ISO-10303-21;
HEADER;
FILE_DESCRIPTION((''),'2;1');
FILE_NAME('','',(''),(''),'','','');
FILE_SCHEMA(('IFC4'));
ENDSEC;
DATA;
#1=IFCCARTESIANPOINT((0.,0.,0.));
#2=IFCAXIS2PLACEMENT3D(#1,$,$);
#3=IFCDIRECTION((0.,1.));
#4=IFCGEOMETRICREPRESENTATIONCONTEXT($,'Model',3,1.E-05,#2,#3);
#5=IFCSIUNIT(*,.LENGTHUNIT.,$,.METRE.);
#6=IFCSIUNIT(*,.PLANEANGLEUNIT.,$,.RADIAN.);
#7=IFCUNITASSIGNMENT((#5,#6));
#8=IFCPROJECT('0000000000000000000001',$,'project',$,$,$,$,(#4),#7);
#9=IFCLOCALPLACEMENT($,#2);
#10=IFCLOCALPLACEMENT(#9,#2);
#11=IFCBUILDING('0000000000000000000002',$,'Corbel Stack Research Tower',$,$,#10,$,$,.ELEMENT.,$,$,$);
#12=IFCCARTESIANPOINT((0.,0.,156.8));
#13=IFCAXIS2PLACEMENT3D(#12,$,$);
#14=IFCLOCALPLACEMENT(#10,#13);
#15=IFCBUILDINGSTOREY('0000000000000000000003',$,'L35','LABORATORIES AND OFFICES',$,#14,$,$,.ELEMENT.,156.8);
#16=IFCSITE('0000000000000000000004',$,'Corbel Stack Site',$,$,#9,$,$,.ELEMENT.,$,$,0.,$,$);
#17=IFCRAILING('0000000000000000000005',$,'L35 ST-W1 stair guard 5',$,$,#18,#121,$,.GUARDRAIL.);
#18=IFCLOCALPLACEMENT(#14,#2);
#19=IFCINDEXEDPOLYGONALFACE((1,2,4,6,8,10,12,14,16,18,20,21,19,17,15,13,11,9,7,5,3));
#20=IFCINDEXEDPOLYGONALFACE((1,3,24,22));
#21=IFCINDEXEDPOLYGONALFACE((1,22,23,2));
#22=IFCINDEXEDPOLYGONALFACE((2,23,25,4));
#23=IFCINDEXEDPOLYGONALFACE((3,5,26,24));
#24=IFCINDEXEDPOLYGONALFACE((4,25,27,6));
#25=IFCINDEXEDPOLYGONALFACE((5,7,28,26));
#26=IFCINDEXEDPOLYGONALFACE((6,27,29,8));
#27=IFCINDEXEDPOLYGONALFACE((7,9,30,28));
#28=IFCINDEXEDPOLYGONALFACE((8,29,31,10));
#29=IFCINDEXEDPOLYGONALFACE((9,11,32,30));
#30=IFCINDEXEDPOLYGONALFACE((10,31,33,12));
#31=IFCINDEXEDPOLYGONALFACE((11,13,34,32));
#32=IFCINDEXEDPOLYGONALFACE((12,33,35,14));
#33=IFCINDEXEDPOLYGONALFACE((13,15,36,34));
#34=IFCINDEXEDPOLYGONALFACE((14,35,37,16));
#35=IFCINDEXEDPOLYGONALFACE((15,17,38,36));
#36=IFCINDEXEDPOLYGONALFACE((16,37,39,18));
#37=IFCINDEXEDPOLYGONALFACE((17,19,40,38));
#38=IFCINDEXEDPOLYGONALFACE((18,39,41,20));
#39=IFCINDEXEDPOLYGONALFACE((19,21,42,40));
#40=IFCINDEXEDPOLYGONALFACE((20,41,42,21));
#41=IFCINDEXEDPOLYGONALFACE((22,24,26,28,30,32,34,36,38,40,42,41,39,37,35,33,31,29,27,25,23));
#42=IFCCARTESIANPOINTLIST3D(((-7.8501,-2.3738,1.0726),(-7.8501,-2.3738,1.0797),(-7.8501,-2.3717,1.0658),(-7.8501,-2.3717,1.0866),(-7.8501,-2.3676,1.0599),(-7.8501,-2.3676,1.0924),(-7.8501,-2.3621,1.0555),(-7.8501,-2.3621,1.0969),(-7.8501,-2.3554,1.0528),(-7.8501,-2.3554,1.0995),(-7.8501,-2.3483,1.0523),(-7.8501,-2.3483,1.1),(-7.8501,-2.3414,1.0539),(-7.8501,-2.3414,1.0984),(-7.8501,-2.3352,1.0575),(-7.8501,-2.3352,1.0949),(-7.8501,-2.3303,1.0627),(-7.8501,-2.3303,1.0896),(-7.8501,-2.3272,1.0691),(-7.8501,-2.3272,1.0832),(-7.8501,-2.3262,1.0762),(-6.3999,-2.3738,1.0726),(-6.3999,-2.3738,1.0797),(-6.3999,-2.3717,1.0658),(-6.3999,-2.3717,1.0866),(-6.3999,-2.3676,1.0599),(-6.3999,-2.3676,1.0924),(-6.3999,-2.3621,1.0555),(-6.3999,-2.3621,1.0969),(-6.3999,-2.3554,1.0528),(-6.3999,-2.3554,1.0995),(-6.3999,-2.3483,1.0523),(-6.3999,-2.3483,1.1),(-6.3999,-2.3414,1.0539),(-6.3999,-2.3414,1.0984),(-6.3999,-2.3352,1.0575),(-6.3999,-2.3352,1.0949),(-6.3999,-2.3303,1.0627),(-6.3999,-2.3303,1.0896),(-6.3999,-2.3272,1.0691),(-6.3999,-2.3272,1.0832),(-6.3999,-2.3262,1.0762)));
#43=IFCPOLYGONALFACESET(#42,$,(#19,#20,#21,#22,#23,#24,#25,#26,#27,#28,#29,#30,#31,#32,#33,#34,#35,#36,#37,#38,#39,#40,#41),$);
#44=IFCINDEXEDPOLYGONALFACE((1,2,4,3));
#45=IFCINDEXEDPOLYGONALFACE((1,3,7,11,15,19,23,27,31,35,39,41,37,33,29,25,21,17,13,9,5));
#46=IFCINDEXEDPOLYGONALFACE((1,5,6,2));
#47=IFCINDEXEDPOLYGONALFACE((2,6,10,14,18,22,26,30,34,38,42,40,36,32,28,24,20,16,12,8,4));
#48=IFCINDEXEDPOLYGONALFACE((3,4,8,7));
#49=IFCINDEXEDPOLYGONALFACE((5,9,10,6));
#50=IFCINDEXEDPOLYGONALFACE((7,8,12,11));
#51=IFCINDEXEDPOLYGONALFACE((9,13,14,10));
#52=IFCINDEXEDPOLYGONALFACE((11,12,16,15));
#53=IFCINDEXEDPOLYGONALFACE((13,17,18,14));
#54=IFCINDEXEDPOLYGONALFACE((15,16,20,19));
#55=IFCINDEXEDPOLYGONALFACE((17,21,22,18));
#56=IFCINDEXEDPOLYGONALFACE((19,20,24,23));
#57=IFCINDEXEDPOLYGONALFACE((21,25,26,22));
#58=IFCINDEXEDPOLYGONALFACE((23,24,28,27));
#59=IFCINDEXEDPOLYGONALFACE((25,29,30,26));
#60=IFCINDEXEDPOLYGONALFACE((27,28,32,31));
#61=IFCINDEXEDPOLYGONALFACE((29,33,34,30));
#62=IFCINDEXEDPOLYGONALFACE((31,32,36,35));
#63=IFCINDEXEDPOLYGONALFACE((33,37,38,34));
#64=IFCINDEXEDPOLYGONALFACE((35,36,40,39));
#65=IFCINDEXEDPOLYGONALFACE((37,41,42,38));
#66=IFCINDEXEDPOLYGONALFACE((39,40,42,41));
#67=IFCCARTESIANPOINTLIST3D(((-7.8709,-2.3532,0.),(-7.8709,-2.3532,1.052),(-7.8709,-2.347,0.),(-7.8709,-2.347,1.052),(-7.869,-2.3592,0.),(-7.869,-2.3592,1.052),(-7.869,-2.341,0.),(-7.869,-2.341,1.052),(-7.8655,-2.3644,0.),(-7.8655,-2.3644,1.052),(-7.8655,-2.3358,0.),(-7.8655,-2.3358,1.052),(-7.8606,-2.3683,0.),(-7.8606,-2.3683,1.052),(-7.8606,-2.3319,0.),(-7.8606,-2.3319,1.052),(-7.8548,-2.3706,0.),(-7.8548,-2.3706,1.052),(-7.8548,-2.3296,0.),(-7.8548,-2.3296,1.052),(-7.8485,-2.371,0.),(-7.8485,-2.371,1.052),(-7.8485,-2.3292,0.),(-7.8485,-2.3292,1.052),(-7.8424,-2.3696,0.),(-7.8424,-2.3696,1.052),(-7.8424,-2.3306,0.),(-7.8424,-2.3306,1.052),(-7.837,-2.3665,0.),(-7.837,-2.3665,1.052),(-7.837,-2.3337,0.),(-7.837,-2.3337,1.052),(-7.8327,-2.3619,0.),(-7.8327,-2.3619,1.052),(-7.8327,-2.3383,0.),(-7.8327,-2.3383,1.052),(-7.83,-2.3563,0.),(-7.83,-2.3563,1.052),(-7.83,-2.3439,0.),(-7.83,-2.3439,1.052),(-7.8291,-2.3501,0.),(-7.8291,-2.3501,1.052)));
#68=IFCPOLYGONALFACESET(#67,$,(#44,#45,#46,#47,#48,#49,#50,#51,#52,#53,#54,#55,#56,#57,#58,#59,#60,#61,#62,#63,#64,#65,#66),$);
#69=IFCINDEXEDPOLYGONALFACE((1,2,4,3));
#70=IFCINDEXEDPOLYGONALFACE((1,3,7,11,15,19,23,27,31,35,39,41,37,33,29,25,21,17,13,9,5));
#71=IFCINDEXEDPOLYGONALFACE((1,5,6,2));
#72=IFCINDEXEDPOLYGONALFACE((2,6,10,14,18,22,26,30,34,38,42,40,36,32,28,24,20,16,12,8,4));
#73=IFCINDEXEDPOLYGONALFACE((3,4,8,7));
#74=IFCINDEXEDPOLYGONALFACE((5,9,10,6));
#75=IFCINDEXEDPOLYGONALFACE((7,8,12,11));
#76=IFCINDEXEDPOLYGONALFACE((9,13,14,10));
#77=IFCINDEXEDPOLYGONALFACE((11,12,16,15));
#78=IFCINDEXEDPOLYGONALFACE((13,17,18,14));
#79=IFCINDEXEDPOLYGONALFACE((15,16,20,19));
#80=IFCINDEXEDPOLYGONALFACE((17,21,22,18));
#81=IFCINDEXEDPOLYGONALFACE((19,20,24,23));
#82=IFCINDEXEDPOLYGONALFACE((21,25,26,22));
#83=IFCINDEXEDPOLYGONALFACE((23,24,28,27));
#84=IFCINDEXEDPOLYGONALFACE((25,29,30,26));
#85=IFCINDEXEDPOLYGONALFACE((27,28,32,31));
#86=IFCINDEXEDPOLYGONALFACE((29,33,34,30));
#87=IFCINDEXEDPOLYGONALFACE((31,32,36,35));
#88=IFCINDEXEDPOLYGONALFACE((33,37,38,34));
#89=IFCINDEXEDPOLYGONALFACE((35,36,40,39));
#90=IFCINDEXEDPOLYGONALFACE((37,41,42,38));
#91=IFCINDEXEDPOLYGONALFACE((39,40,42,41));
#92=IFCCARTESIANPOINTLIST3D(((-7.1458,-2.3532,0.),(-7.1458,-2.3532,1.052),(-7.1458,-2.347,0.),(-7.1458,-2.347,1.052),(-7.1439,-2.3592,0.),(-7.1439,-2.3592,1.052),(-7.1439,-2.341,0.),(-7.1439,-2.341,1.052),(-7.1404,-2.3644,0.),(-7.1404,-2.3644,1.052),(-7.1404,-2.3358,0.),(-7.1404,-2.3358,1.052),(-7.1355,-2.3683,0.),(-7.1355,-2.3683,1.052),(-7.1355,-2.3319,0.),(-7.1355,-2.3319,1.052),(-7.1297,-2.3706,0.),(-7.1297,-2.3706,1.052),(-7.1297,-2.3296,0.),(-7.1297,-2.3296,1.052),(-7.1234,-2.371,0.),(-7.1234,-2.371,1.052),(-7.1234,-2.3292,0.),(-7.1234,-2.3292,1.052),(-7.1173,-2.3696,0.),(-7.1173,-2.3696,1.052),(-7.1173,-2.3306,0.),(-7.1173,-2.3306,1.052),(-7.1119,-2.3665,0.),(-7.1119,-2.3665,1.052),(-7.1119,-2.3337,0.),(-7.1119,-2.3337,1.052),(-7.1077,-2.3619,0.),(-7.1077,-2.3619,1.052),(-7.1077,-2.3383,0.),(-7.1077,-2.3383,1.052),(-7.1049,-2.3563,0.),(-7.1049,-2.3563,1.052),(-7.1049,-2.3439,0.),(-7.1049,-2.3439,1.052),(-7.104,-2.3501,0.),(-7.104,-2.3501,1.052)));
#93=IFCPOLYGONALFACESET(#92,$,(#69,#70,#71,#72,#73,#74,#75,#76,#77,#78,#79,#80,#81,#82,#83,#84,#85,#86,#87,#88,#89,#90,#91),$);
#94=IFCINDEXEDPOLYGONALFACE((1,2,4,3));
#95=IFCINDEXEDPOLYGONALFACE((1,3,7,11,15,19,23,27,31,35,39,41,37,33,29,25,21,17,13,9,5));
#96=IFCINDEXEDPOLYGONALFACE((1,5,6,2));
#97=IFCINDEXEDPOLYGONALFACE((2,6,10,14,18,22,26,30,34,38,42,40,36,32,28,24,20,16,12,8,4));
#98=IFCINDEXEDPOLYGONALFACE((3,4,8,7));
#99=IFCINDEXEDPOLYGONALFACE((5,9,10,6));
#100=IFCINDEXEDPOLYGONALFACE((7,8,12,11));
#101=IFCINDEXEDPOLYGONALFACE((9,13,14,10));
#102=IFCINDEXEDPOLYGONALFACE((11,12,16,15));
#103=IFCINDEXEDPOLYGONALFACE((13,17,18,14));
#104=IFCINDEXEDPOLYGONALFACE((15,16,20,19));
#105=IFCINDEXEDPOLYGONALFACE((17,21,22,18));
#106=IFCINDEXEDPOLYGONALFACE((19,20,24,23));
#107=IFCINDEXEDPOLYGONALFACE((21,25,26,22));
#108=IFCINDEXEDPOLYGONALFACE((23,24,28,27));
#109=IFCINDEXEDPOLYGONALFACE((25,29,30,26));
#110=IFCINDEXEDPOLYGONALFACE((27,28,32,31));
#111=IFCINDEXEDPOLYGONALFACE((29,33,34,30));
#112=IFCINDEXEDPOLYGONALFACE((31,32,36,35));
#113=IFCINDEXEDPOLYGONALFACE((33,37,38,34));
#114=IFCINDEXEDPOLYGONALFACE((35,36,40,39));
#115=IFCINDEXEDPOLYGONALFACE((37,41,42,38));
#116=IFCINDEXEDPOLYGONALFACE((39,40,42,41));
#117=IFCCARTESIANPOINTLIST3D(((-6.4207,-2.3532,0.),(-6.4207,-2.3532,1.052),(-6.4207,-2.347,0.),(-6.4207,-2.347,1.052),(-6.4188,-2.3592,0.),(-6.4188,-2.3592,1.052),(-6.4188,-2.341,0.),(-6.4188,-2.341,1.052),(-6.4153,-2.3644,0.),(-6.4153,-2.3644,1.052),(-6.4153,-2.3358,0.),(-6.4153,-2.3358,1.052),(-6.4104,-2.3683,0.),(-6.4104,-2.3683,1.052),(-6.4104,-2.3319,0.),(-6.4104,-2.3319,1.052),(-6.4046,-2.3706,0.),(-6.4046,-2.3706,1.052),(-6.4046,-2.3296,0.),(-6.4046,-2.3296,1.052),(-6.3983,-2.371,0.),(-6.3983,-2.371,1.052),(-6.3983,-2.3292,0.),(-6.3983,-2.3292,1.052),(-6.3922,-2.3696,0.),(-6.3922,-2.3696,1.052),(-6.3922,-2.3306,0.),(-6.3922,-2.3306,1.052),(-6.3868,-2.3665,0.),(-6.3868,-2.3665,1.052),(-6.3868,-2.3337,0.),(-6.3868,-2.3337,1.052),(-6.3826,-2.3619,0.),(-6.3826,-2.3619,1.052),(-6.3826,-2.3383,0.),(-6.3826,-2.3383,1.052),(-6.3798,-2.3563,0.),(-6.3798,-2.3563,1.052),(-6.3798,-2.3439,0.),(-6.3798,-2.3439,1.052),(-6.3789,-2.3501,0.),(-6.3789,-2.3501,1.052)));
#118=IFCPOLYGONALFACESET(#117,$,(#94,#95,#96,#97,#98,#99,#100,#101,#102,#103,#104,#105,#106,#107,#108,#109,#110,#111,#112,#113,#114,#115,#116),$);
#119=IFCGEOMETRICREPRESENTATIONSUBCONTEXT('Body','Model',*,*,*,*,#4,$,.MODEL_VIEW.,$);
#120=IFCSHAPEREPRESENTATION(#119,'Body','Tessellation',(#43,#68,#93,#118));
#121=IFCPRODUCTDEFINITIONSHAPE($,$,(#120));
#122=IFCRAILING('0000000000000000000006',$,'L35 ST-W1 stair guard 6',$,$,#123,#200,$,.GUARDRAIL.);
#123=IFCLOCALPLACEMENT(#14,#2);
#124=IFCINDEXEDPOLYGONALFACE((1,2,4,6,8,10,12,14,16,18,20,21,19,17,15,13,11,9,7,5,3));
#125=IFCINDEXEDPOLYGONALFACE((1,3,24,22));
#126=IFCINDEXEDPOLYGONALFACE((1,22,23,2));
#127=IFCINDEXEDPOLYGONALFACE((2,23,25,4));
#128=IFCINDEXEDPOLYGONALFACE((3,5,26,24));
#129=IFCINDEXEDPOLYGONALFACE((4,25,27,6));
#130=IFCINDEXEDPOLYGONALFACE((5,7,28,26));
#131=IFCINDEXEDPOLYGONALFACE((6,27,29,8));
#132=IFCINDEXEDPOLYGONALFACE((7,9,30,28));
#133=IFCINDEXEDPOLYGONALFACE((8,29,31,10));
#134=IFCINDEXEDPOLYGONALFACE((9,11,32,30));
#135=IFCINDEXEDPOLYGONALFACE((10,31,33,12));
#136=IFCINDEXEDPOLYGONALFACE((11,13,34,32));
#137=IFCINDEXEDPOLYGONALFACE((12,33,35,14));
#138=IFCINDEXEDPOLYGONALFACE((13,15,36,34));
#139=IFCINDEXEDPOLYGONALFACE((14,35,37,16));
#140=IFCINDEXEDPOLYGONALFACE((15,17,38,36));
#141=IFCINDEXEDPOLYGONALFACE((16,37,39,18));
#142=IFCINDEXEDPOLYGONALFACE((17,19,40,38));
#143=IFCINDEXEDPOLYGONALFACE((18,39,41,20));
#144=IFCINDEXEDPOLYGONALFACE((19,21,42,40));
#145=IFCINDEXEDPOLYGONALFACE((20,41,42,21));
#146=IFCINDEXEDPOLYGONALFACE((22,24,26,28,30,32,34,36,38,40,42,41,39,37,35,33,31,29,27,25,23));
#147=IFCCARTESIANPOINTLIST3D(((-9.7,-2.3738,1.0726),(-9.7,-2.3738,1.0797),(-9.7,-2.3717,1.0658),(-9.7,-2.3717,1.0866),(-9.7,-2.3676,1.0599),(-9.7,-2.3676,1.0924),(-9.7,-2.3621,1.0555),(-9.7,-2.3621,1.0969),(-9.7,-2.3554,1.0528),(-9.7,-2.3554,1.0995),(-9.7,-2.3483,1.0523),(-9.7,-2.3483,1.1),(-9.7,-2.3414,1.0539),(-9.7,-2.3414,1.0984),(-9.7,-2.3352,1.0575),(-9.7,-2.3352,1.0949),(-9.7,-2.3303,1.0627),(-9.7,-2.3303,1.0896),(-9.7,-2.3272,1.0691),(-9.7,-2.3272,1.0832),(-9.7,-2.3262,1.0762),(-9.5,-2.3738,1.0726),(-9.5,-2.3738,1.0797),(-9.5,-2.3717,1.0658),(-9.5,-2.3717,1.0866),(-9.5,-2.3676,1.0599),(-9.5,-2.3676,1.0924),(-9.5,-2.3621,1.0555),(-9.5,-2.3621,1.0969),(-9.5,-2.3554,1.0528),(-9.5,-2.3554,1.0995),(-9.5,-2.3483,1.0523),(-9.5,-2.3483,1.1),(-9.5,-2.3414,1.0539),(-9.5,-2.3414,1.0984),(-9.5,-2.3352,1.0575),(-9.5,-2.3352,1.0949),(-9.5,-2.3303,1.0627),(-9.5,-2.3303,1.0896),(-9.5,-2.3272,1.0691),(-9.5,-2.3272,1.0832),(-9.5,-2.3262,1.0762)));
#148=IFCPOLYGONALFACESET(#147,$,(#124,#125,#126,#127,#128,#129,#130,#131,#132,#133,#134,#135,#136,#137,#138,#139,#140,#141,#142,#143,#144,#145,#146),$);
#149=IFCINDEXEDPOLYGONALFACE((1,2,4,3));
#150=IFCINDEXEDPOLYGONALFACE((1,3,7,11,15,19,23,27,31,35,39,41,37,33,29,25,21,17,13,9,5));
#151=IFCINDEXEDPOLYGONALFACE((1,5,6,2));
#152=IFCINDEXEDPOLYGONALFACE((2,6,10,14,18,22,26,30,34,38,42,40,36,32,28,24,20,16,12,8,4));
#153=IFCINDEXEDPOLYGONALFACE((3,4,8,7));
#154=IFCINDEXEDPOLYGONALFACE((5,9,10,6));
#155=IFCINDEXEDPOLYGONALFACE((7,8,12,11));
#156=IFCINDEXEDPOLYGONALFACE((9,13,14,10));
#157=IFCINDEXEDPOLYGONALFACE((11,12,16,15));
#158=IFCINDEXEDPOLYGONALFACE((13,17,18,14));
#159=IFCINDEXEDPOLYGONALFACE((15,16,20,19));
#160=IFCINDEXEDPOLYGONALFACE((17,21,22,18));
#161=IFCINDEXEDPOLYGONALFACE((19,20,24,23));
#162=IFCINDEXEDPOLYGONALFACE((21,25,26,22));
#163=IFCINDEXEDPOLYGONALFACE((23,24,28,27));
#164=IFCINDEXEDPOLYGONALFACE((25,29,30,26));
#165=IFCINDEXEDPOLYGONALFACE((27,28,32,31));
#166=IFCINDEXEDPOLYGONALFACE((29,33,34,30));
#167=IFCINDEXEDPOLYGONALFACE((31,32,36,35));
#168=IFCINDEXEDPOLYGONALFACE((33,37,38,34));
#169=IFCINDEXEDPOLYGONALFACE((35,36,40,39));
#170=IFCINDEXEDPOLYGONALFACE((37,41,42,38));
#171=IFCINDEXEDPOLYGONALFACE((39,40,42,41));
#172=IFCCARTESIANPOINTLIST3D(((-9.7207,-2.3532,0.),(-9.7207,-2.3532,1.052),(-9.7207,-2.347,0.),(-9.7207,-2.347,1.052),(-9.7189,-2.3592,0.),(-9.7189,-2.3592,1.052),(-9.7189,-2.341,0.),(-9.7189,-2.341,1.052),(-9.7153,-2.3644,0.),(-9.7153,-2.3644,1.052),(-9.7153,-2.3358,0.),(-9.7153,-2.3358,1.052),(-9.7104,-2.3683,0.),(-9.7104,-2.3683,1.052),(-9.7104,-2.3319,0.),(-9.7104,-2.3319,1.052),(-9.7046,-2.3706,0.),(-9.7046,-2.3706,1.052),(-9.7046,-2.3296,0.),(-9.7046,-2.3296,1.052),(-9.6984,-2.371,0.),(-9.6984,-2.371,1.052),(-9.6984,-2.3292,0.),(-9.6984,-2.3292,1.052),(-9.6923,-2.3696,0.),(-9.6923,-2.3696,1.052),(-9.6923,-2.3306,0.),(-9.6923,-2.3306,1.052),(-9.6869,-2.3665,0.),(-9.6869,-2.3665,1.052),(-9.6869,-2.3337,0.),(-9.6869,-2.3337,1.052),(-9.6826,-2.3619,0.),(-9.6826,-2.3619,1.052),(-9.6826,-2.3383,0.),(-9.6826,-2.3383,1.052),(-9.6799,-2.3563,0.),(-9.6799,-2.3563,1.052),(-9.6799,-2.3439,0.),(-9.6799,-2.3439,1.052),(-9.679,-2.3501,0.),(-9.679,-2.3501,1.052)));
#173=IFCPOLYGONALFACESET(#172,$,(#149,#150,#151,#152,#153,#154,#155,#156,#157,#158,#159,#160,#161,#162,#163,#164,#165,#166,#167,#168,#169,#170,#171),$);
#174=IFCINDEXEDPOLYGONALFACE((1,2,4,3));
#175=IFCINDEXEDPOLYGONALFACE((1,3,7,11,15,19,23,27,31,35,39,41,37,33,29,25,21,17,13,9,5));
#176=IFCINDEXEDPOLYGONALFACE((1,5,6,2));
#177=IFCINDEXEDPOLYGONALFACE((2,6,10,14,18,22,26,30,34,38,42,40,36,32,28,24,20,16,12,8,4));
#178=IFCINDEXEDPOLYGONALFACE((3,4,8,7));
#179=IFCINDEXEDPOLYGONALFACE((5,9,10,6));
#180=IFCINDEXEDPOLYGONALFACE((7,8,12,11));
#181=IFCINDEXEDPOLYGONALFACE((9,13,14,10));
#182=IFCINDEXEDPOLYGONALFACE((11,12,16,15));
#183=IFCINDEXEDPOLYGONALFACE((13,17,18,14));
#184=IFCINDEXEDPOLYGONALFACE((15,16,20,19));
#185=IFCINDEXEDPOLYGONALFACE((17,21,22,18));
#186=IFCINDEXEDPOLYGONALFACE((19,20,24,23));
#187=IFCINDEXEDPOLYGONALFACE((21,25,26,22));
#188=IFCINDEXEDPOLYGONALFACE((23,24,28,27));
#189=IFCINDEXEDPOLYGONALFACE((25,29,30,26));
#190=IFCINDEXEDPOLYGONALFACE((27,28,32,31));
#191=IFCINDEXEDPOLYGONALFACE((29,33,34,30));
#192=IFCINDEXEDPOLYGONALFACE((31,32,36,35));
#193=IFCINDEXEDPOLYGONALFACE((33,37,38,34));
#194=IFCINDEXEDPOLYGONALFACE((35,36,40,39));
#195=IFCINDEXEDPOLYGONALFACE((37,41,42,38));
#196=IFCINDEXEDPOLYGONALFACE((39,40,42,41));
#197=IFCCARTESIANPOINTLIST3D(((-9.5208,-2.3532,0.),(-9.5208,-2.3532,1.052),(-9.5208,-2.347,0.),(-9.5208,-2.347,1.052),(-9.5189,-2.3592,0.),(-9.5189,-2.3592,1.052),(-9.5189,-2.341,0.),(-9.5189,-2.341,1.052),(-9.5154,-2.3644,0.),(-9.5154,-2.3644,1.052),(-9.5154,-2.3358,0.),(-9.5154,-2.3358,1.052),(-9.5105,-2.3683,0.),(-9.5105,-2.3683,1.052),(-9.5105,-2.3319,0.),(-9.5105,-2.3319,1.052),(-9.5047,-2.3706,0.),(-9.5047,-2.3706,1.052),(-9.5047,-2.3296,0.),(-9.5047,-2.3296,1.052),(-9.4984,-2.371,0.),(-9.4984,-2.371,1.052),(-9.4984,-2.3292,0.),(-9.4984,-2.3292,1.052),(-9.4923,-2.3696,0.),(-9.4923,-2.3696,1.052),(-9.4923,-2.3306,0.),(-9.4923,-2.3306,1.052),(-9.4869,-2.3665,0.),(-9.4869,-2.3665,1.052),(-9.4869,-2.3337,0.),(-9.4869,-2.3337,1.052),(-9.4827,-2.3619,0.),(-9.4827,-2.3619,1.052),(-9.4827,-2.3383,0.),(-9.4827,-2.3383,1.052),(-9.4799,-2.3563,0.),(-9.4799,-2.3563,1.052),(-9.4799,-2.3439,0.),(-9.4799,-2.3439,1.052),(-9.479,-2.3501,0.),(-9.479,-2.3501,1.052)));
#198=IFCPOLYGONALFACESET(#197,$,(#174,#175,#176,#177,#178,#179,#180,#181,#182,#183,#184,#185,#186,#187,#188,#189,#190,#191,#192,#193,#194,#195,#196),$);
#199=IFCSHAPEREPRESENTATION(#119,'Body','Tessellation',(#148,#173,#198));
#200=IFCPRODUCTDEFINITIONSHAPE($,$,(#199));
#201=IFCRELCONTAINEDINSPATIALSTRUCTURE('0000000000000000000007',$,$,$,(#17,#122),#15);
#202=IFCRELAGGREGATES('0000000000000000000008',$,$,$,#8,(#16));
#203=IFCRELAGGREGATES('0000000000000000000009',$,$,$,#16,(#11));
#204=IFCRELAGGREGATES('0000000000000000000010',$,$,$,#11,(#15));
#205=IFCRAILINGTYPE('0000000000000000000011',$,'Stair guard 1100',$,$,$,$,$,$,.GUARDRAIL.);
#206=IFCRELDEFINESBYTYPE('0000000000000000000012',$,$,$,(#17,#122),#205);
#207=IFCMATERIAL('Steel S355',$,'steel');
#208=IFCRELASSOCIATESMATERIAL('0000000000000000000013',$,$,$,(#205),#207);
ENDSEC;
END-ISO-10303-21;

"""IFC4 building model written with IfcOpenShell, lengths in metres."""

from ifc_helpers import new_model, si_unit, direction, frame, origin, origin_2d, place, context, subcontext, project, spatial, circle, extrude, material, type_object, element, save


model = new_model("IFC4")

# Units and contexts
model_context = context("Model", 3, precision=1e-05, world=origin(), true_north=direction((0.0, 1.0)))
body_context = subcontext(model_context, "Body", "Model", "MODEL_VIEW")
ifc_project = project(units=[si_unit("LENGTHUNIT", "METRE"), si_unit("PLANEANGLEUNIT", "RADIAN")], contexts=[model_context])

# Site, building, storey
site_placement = place(None, origin())
site = spatial("IfcSite", under=ifc_project, at=site_placement, Name="Corbel Stack Site", CompositionType="ELEMENT", RefElevation=0.0)
building_placement = place(site_placement, origin())
building = spatial("IfcBuilding", under=site, at=building_placement, Name="Corbel Stack Research Tower", CompositionType="ELEMENT")
storey_placement = place(building_placement, frame((0.0, 0.0, 156.8)))
storey = spatial("IfcBuildingStorey", under=building, at=storey_placement, Name="L35", Description="LABORATORIES AND OFFICES", CompositionType="ELEMENT", Elevation=156.8)

# Railings
ifc_material_1 = material(Name="Steel S355", Category="steel")
railing_type_1 = type_object("IfcRailingType", Name="Stair guard 1100", PredefinedType="GUARDRAIL", material=ifc_material_1)
railing_1_placement = place(storey_placement, frame((-7.8501, -2.3501, 0.0)))
element("IfcRailing", 1, at=railing_1_placement, inside=storey, type_object=railing_type_1, Name="L35 ST-W1 stair guard 5", PredefinedType="GUARDRAIL", context=body_context, shape_type="SweptSolid", body=[
    extrude(circle(Radius=0.0239, at=origin_2d()), frame((0.0, 0.0, 1.0762), z_axis=(1.0, 0.0, 0.0), x_axis=(0.0, 1.0, 0.0)), (0.0, 0.0, 1.0), 1.4502),
    extrude(circle(Radius=0.021, at=origin_2d()), origin(), (0.0, 0.0, 1.0), 1.052),
    extrude(circle(Radius=0.021, at=origin_2d()), frame((0.7251, 0.0, 0.0)), (0.0, 0.0, 1.0), 1.052),
    extrude(circle(Radius=0.021, at=origin_2d()), frame((1.4502, 0.0, 0.0)), (0.0, 0.0, 1.0), 1.052),
])
railing_2_placement = place(storey_placement, frame((-9.7, -2.3501, 0.0)))
element("IfcRailing", 2, at=railing_2_placement, inside=storey, type_object=railing_type_1, Name="L35 ST-W1 stair guard 6", PredefinedType="GUARDRAIL", context=body_context, shape_type="SweptSolid", body=[
    extrude(circle(Radius=0.0239, at=origin_2d()), frame((0.0, 0.0, 1.0762), z_axis=(1.0, 0.0, 0.0), x_axis=(0.0, 1.0, 0.0)), (0.0, 0.0, 1.0), 0.2),
    extrude(circle(Radius=0.021, at=origin_2d()), origin(), (0.0, 0.0, 1.0), 1.052),
    extrude(circle(Radius=0.021, at=origin_2d()), frame((0.2, 0.0, 0.0)), (0.0, 0.0, 1.0), 1.052),
])

save(model, "model.ifc")
